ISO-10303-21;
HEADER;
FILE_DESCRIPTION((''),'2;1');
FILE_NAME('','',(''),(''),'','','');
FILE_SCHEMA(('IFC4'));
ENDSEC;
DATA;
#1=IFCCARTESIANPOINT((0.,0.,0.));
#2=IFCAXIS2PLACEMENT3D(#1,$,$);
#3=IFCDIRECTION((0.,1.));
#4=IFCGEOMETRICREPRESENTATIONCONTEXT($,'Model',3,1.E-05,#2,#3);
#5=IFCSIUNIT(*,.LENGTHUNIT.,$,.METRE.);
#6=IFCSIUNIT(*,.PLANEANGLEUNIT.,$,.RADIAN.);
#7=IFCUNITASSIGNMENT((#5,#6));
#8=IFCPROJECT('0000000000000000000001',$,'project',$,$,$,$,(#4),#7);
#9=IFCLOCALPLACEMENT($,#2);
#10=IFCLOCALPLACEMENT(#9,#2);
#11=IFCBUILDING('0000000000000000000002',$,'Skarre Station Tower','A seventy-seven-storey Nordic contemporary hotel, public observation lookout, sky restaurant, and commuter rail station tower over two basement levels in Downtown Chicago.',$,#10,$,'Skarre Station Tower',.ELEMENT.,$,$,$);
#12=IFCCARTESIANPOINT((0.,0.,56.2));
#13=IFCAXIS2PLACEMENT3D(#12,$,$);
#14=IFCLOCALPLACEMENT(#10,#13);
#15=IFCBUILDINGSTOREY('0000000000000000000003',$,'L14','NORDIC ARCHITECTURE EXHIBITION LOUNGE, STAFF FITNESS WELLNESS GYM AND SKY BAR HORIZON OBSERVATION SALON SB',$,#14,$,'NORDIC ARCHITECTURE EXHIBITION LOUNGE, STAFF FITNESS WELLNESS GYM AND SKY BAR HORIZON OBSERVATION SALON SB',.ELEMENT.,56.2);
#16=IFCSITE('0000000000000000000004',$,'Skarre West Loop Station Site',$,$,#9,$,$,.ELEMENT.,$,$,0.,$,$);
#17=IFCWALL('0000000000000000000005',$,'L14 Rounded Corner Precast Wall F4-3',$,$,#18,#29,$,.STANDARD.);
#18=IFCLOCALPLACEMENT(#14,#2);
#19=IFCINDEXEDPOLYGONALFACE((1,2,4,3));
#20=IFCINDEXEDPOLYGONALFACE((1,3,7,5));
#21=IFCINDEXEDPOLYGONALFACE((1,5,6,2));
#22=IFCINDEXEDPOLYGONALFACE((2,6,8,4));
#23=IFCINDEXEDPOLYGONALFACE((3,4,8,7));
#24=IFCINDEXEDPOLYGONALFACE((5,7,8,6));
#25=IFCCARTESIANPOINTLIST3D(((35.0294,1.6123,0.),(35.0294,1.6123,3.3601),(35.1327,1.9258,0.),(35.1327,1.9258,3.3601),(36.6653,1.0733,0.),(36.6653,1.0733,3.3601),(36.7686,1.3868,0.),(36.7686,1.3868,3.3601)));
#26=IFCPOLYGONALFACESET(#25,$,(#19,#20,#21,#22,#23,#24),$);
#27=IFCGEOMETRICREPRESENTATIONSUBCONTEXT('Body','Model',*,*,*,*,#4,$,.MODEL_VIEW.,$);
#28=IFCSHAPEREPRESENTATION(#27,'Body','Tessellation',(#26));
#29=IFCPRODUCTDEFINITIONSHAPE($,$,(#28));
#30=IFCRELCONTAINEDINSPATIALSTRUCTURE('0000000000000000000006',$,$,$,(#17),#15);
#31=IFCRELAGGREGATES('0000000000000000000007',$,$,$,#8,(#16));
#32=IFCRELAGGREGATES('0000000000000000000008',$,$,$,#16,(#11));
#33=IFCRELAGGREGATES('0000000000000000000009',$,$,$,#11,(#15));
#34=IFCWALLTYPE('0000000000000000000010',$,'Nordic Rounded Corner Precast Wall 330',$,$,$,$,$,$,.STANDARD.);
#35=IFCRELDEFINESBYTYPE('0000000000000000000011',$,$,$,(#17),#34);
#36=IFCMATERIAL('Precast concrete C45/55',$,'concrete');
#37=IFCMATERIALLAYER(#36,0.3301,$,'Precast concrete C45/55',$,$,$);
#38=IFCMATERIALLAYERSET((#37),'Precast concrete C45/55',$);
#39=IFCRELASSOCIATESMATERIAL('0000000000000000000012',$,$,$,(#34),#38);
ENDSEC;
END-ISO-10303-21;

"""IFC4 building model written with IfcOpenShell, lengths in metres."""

from ifc_helpers import new_model, si_unit, direction, frame, frame_2d, origin, place, context, subcontext, project, spatial, rectangle, extrude, material, layer, layer_set, type_object, element, save


model = new_model("IFC4")

# Units and contexts
model_context = context("Model", 3, precision=1e-05, world=origin(), true_north=direction((0.0, 1.0)))
body_context = subcontext(model_context, "Body", "Model", "MODEL_VIEW")
ifc_project = project(units=[si_unit("LENGTHUNIT", "METRE"), si_unit("PLANEANGLEUNIT", "RADIAN")], contexts=[model_context])

# Site, building, storey
site_placement = place(None, origin())
site = spatial("IfcSite", under=ifc_project, at=site_placement, Name="Skarre West Loop Station Site", CompositionType="ELEMENT", RefElevation=0.0)
building_placement = place(site_placement, origin())
building = spatial("IfcBuilding", under=site, at=building_placement, Name="Skarre Station Tower", Description="A seventy-seven-storey Nordic contemporary hotel, public observation lookout, sky restaurant, and commuter rail station tower over two basement levels in Downtown Chicago.", LongName="Skarre Station Tower", CompositionType="ELEMENT")
storey_placement = place(building_placement, frame((0.0, 0.0, 56.2)))
storey = spatial("IfcBuildingStorey", under=building, at=storey_placement, Name="L14", Description="NORDIC ARCHITECTURE EXHIBITION LOUNGE, STAFF FITNESS WELLNESS GYM AND SKY BAR HORIZON OBSERVATION SALON SB", LongName="NORDIC ARCHITECTURE EXHIBITION LOUNGE, STAFF FITNESS WELLNESS GYM AND SKY BAR HORIZON OBSERVATION SALON SB", CompositionType="ELEMENT", Elevation=56.2)

# Shared definitions
ifc_material_1 = material(Name="Precast concrete C45/55", Category="concrete")

# Wall
ifc_layer_1 = layer(ifc_material_1, 0.3301, Name="Precast concrete C45/55")
ifc_layer_set_1 = layer_set([ifc_layer_1], Name="Precast concrete C45/55")
wall_type_1 = type_object("IfcWallType", Name="Nordic Rounded Corner Precast Wall 330", PredefinedType="STANDARD", material=ifc_layer_set_1)
wall_1_placement = place(storey_placement, frame((36.717, 1.23, 0.0), z_axis=(0.0, 0.0, 1.0), x_axis=(-0.949769, 0.312952, 0.0)))
element("IfcWall", 1, at=wall_1_placement, inside=storey, type_object=wall_type_1, Name="L14 Rounded Corner Precast Wall F4-3", PredefinedType="STANDARD", context=body_context, shape_type="SweptSolid", body=[
    extrude(rectangle(XDim=1.7224, YDim=0.3301, at=frame_2d((0.8613, 0.0))), origin(), (0.0, 0.0, 1.0), 3.3601),
])

save(model, "model.ifc")
